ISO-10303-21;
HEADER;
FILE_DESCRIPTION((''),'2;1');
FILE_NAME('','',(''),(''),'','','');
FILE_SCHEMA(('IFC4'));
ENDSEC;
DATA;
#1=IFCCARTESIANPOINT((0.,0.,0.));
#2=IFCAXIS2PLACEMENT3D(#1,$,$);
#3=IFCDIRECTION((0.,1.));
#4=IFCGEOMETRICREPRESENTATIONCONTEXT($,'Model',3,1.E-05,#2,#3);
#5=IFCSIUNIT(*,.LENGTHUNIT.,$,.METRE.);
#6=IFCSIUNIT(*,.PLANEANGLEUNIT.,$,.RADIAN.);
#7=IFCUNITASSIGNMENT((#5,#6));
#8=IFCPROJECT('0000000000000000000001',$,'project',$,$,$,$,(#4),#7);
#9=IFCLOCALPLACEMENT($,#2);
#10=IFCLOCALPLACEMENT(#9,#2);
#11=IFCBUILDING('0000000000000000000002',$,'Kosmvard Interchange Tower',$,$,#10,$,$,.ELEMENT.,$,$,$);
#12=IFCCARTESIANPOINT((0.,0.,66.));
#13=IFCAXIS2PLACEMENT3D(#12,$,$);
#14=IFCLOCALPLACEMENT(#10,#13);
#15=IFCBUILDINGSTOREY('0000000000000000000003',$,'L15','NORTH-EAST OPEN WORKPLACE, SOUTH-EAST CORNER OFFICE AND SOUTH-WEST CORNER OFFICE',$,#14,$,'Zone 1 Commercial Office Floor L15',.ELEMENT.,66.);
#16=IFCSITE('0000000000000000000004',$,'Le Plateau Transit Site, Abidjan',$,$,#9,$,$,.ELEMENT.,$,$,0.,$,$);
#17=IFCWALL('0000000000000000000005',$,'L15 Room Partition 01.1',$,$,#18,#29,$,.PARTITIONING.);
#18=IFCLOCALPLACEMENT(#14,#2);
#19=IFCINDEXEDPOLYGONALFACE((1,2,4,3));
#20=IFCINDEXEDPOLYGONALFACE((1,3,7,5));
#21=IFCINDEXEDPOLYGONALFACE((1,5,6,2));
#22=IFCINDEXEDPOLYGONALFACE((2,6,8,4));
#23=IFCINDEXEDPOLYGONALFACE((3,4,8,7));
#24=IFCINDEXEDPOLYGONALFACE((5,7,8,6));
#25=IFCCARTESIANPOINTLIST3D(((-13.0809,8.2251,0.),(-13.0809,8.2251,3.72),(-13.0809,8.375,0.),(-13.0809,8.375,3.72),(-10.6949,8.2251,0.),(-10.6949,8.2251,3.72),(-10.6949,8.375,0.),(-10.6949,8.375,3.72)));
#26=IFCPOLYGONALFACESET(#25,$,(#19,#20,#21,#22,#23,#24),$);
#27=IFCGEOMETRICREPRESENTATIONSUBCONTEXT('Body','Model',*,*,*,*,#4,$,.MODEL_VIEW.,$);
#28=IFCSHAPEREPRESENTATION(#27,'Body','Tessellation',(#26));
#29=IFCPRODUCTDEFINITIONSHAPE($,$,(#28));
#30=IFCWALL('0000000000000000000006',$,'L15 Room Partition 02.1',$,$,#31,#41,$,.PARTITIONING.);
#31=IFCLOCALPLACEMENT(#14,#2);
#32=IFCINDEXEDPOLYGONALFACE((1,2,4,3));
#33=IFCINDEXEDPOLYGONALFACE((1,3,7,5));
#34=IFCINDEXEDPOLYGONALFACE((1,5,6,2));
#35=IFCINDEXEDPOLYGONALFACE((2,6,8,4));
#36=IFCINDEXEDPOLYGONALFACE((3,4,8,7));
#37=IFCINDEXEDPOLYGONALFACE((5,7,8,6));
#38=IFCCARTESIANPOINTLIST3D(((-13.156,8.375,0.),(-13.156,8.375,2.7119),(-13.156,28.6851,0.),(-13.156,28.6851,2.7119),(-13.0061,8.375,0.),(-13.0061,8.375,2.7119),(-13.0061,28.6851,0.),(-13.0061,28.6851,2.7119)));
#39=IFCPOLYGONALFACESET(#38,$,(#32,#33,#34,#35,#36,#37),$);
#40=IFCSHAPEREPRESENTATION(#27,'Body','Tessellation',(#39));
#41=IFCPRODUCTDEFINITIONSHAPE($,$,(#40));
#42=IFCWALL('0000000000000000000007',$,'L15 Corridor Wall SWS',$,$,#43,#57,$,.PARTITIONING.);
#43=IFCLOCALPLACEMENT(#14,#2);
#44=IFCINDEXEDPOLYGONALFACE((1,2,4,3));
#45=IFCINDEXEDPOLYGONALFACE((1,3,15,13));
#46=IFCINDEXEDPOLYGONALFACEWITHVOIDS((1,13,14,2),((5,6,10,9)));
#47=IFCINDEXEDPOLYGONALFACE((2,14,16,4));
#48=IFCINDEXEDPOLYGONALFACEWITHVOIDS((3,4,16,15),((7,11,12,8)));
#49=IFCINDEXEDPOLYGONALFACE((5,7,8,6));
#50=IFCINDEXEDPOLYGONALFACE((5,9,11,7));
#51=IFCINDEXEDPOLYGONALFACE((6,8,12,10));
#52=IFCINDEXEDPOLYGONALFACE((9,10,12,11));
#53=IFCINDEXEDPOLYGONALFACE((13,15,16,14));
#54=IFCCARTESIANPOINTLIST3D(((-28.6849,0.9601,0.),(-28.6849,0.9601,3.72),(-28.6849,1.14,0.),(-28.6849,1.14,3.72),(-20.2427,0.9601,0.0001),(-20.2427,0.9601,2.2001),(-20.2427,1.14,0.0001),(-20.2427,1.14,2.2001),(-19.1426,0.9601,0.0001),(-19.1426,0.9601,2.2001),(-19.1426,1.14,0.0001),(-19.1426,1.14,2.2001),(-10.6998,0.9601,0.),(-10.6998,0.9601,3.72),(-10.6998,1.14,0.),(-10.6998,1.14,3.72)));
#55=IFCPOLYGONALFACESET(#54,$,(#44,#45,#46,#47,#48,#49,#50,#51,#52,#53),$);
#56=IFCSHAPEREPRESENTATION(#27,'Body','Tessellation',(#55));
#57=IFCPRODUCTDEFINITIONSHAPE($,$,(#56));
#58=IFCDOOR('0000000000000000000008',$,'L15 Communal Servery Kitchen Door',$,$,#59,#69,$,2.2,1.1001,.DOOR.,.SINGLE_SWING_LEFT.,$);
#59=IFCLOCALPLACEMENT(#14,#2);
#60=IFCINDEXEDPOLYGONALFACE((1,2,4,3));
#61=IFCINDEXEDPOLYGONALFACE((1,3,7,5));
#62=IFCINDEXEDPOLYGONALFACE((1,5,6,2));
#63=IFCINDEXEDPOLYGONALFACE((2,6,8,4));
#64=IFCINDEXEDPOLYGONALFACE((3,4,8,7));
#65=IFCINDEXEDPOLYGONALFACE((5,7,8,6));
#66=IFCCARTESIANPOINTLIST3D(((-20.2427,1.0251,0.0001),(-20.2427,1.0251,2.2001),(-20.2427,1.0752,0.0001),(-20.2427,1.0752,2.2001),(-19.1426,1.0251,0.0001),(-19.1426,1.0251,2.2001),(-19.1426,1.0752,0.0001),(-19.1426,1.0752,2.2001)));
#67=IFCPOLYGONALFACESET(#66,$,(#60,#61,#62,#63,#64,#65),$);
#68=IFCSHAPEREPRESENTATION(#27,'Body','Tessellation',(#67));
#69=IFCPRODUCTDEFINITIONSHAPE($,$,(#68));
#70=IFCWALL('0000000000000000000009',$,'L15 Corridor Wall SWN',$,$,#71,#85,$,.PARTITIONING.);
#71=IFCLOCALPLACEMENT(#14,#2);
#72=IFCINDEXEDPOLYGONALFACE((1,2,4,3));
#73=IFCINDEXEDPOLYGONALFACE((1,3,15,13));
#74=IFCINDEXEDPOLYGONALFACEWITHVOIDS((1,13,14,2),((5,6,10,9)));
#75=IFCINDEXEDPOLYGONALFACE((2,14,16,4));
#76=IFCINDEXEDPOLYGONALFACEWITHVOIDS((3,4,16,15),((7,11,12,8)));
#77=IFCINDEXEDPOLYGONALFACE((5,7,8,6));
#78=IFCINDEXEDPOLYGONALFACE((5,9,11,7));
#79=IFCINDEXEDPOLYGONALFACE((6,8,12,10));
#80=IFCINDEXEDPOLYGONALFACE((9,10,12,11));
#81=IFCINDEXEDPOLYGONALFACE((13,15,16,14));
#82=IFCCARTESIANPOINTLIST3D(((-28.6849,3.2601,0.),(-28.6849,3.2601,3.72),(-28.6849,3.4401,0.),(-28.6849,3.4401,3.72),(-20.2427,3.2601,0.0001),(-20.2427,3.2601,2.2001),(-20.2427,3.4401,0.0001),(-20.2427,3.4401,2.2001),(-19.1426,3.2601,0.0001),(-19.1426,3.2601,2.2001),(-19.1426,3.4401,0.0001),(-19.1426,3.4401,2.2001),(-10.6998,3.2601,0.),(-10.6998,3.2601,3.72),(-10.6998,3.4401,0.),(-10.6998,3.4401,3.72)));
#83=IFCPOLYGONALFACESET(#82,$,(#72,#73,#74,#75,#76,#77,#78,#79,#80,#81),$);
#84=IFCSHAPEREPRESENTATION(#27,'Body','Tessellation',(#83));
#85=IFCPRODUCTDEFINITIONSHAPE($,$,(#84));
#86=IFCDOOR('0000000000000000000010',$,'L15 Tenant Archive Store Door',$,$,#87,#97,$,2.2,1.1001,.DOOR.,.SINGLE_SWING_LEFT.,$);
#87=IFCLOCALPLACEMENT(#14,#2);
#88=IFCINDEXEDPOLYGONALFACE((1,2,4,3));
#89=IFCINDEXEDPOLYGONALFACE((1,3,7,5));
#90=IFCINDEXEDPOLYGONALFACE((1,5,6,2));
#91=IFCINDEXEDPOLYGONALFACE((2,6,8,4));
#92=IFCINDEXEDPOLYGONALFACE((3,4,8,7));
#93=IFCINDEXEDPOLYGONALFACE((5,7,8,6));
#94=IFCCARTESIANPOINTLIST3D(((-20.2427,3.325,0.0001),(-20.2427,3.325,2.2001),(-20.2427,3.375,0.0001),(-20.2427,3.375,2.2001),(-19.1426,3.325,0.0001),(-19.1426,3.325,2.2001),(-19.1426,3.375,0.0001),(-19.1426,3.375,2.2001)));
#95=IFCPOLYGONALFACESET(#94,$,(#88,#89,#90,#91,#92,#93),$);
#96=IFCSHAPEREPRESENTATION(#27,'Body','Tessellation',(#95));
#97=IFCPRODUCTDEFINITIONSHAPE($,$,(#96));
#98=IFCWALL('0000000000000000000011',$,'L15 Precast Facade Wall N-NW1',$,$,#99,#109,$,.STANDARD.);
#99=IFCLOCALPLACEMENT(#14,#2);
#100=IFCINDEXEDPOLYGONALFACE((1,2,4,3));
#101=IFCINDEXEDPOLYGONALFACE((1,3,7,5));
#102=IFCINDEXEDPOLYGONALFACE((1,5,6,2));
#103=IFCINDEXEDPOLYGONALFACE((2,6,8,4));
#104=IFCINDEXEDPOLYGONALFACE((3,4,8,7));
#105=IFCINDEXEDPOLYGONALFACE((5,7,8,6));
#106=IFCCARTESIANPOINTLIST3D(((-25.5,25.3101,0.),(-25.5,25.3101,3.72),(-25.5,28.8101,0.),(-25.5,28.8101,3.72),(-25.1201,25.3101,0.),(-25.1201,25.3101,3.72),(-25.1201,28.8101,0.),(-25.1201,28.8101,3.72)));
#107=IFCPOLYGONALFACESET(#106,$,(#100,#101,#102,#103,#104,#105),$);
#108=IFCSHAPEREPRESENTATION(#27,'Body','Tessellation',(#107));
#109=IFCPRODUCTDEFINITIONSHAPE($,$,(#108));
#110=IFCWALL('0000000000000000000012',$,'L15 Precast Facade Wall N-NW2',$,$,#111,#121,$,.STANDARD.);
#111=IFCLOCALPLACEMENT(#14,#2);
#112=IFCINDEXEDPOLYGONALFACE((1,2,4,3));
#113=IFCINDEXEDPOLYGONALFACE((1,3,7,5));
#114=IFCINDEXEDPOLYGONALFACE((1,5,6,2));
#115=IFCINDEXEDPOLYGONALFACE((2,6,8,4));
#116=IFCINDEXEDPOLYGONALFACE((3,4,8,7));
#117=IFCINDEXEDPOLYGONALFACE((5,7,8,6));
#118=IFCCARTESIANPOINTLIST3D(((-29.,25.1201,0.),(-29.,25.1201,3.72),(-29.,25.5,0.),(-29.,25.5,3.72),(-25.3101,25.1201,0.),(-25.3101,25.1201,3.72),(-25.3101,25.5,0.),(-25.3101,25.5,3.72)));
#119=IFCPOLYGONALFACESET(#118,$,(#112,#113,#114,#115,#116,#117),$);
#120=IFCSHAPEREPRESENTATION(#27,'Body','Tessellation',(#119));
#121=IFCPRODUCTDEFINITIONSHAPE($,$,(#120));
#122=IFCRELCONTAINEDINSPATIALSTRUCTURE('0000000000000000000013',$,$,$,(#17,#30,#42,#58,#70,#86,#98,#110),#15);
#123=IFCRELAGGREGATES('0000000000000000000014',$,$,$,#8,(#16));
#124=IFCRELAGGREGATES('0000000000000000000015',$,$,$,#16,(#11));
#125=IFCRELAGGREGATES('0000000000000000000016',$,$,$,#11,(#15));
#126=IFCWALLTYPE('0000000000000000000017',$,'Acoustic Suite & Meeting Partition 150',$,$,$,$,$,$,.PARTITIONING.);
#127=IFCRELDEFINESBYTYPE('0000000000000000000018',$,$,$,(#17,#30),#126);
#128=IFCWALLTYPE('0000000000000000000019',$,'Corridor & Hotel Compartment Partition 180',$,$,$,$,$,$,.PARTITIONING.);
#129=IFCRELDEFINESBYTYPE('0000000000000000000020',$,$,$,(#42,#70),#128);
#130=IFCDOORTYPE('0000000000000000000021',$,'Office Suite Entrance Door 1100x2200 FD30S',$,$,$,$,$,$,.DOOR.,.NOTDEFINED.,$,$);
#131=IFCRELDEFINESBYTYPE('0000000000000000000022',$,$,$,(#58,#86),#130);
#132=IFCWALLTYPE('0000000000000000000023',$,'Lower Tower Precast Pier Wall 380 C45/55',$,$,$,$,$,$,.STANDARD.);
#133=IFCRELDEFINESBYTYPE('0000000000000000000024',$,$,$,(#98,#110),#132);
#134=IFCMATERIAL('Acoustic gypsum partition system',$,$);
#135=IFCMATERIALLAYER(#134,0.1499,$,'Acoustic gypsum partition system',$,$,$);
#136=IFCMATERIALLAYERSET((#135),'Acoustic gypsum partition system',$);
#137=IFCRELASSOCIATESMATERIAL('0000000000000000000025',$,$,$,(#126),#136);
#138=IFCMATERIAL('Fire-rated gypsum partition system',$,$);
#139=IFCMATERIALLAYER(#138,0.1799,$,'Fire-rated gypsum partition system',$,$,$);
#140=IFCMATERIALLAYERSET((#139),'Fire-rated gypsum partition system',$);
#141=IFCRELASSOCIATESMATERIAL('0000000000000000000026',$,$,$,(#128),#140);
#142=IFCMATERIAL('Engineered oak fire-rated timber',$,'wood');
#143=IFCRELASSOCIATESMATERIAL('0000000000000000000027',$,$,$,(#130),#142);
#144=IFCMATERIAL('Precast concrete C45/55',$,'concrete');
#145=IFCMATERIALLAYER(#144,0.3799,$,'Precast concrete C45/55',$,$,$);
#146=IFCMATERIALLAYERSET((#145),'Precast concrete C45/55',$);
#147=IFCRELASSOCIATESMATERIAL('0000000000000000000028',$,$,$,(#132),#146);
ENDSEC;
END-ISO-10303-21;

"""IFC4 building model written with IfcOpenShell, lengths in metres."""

from ifc_helpers import new_model, si_unit, direction, frame, frame_2d, origin, place, context, subcontext, project, spatial, rectangle, extrude, source, transform, mapped, material, layer, layer_set, type_object, element, fill, save


model = new_model("IFC4")

# Units and contexts
model_context = context("Model", 3, precision=1e-05, world=origin(), true_north=direction((0.0, 1.0)))
body_context = subcontext(model_context, "Body", "Model", "MODEL_VIEW")
ifc_project = project(units=[si_unit("LENGTHUNIT", "METRE"), si_unit("PLANEANGLEUNIT", "RADIAN")], contexts=[model_context])

# Site, building, storey
site_placement = place(None, origin())
site = spatial("IfcSite", under=ifc_project, at=site_placement, Name="Le Plateau Transit Site, Abidjan", CompositionType="ELEMENT", RefElevation=0.0)
building_placement = place(site_placement, origin())
building = spatial("IfcBuilding", under=site, at=building_placement, Name="Kosmvard Interchange Tower", CompositionType="ELEMENT")
storey_placement = place(building_placement, frame((0.0, 0.0, 66.0)))
storey = spatial("IfcBuildingStorey", under=building, at=storey_placement, Name="L15", Description="NORTH-EAST OPEN WORKPLACE, SOUTH-EAST CORNER OFFICE AND SOUTH-WEST CORNER OFFICE", LongName="Zone 1 Commercial Office Floor L15", CompositionType="ELEMENT", Elevation=66.0)

# Shared definitions
ifc_material_1 = material(Name="Precast concrete C45/55", Category="concrete")

# Walls
ifc_material_2 = material(Name="Acoustic gypsum partition system")
ifc_layer_1 = layer(ifc_material_2, 0.1499, Name="Acoustic gypsum partition system")
ifc_layer_set_1 = layer_set([ifc_layer_1], Name="Acoustic gypsum partition system")
wall_type_1 = type_object("IfcWallType", Name="Acoustic Suite & Meeting Partition 150", PredefinedType="PARTITIONING", material=ifc_layer_set_1)
wall_1_placement = place(storey_placement, frame((-10.6951, 8.3, 0.0), z_axis=(0.0, 0.0, 1.0), x_axis=(-1.0, 0.0, 0.0)))
element("IfcWall", 1, at=wall_1_placement, inside=storey, type_object=wall_type_1, Name="L15 Room Partition 01.1", PredefinedType="PARTITIONING", context=body_context, shape_type="SweptSolid", body=[
    extrude(rectangle(XDim=2.386, YDim=0.1499, at=frame_2d((1.1929, 0.0))), origin(), (0.0, 0.0, 1.0), 3.72),
])
wall_2_placement = place(storey_placement, frame((-13.0811, 8.375, 0.0), z_axis=(0.0, 0.0, 1.0), x_axis=(0.0, 1.0, 0.0)))
element("IfcWall", 2, at=wall_2_placement, inside=storey, type_object=wall_type_1, Name="L15 Room Partition 02.1", PredefinedType="PARTITIONING", context=body_context, shape_type="SweptSolid", body=[
    extrude(rectangle(XDim=20.3101, YDim=0.1499, at=frame_2d((10.155, 0.0))), origin(), (0.0, 0.0, 1.0), 2.7119),
])

# Walls, openings, doors
ifc_material_3 = material(Name="Fire-rated gypsum partition system")
ifc_layer_2 = layer(ifc_material_3, 0.1799, Name="Fire-rated gypsum partition system")
ifc_layer_set_2 = layer_set([ifc_layer_2], Name="Fire-rated gypsum partition system")
wall_type_2 = type_object("IfcWallType", Name="Corridor & Hotel Compartment Partition 180", PredefinedType="PARTITIONING", material=ifc_layer_set_2)
wall_3_placement = place(storey_placement, frame((-28.6851, 1.05, 0.0), z_axis=(0.0, 0.0, 1.0), x_axis=(1.0, 0.0, 0.0)))
wall_3 = element("IfcWall", 3, at=wall_3_placement, inside=storey, type_object=wall_type_2, Name="L15 Corridor Wall SWS", PredefinedType="PARTITIONING", context=body_context, shape_type="SweptSolid", body=[
    extrude(rectangle(XDim=17.9851, YDim=0.1799, at=frame_2d((8.9927, 0.0))), origin(), (0.0, 0.0, 1.0), 3.72),
])
opening_1_placement = place(wall_3_placement, frame((8.4424, 0.0, 0.0)))
opening_1 = element("IfcOpeningElement", 4, at=opening_1_placement, cuts=wall_3, PredefinedType="OPENING", context=body_context, shape_type="SweptSolid", body=[
    extrude(rectangle(XDim=1.1001, YDim=2.2, at=frame_2d((0.55, 1.1001))), frame((0.0, 0.1001, 0.0), z_axis=(0.0, -1.0, 0.0), x_axis=(1.0, 0.0, 0.0)), (0.0, 0.0, 1.0), 0.2),
])
ifc_material_4 = material(Name="Engineered oak fire-rated timber", Category="wood")
door_type = type_object("IfcDoorType", Name="Office Suite Entrance Door 1100x2200 FD30S", OperationType="NOTDEFINED", PredefinedType="DOOR", material=ifc_material_4)
shared_shape_1 = source(origin(), body_context, "Body", "SweptSolid", [
    extrude(rectangle(XDim=1.1001, YDim=2.2, at=frame_2d((0.55, 1.1001))), frame((0.0, 0.0249, 0.0), z_axis=(0.0, -1.0, 0.0), x_axis=(1.0, 0.0, 0.0)), (0.0, 0.0, 1.0), 0.05),
])
door_1_placement = place(opening_1_placement, frame((1.1001, 0.0, 0.0), z_axis=(0.0, 0.0, 1.0), x_axis=(-1.0, 0.0, 0.0)))
door_1 = element("IfcDoor", 5, at=door_1_placement, inside=storey, type_object=door_type, Name="L15 Communal Servery Kitchen Door", OperationType="SINGLE_SWING_LEFT", OverallHeight=2.2, OverallWidth=1.1001, PredefinedType="DOOR", context=body_context, shape_type="MappedRepresentation", body=[
    mapped(shared_shape_1, transform((0.0, 0.0, 0.0), scale=1.0)),
])
fill(opening_1, door_1)
wall_4_placement = place(storey_placement, frame((-28.6851, 3.3501, 0.0), z_axis=(0.0, 0.0, 1.0), x_axis=(1.0, 0.0, 0.0)))
wall_4 = element("IfcWall", 6, at=wall_4_placement, inside=storey, type_object=wall_type_2, Name="L15 Corridor Wall SWN", PredefinedType="PARTITIONING", context=body_context, shape_type="SweptSolid", body=[
    extrude(rectangle(XDim=17.9851, YDim=0.1799, at=frame_2d((8.9927, 0.0))), origin(), (0.0, 0.0, 1.0), 3.72),
])
opening_2_placement = place(wall_4_placement, frame((8.4424, 0.0, 0.0)))
opening_2 = element("IfcOpeningElement", 7, at=opening_2_placement, cuts=wall_4, PredefinedType="OPENING", context=body_context, shape_type="SweptSolid", body=[
    extrude(rectangle(XDim=1.1001, YDim=2.2, at=frame_2d((0.55, 1.1001))), frame((0.0, 0.1001, 0.0), z_axis=(0.0, -1.0, 0.0), x_axis=(1.0, 0.0, 0.0)), (0.0, 0.0, 1.0), 0.2),
])
door_2_placement = place(opening_2_placement, origin())
door_2 = element("IfcDoor", 8, at=door_2_placement, inside=storey, type_object=door_type, Name="L15 Tenant Archive Store Door", OperationType="SINGLE_SWING_LEFT", OverallHeight=2.2, OverallWidth=1.1001, PredefinedType="DOOR", context=body_context, shape_type="MappedRepresentation", body=[
    mapped(shared_shape_1, transform((0.0, 0.0, 0.0), scale=1.0)),
])
fill(opening_2, door_2)

# Walls
ifc_layer_3 = layer(ifc_material_1, 0.3799, Name="Precast concrete C45/55")
ifc_layer_set_3 = layer_set([ifc_layer_3], Name="Precast concrete C45/55")
wall_type_3 = type_object("IfcWallType", Name="Lower Tower Precast Pier Wall 380 C45/55", PredefinedType="STANDARD", material=ifc_layer_set_3)
wall_5_placement = place(storey_placement, frame((-25.3101, 28.8101, 0.0), z_axis=(0.0, 0.0, 1.0), x_axis=(0.0, -1.0, 0.0)))
element("IfcWall", 9, at=wall_5_placement, inside=storey, type_object=wall_type_3, Name="L15 Precast Facade Wall N-NW1", PredefinedType="STANDARD", context=body_context, shape_type="SweptSolid", body=[
    extrude(rectangle(XDim=3.5, YDim=0.3799, at=frame_2d((1.75, 0.0))), origin(), (0.0, 0.0, 1.0), 3.72),
])
wall_6_placement = place(storey_placement, frame((-25.3101, 25.3101, 0.0), z_axis=(0.0, 0.0, 1.0), x_axis=(-1.0, 0.0, 0.0)))
element("IfcWall", 10, at=wall_6_placement, inside=storey, type_object=wall_type_3, Name="L15 Precast Facade Wall N-NW2", PredefinedType="STANDARD", context=body_context, shape_type="SweptSolid", body=[
    extrude(rectangle(XDim=3.6899, YDim=0.3799, at=frame_2d((1.845, 0.0))), origin(), (0.0, 0.0, 1.0), 3.72),
])

save(model, "model.ifc")
